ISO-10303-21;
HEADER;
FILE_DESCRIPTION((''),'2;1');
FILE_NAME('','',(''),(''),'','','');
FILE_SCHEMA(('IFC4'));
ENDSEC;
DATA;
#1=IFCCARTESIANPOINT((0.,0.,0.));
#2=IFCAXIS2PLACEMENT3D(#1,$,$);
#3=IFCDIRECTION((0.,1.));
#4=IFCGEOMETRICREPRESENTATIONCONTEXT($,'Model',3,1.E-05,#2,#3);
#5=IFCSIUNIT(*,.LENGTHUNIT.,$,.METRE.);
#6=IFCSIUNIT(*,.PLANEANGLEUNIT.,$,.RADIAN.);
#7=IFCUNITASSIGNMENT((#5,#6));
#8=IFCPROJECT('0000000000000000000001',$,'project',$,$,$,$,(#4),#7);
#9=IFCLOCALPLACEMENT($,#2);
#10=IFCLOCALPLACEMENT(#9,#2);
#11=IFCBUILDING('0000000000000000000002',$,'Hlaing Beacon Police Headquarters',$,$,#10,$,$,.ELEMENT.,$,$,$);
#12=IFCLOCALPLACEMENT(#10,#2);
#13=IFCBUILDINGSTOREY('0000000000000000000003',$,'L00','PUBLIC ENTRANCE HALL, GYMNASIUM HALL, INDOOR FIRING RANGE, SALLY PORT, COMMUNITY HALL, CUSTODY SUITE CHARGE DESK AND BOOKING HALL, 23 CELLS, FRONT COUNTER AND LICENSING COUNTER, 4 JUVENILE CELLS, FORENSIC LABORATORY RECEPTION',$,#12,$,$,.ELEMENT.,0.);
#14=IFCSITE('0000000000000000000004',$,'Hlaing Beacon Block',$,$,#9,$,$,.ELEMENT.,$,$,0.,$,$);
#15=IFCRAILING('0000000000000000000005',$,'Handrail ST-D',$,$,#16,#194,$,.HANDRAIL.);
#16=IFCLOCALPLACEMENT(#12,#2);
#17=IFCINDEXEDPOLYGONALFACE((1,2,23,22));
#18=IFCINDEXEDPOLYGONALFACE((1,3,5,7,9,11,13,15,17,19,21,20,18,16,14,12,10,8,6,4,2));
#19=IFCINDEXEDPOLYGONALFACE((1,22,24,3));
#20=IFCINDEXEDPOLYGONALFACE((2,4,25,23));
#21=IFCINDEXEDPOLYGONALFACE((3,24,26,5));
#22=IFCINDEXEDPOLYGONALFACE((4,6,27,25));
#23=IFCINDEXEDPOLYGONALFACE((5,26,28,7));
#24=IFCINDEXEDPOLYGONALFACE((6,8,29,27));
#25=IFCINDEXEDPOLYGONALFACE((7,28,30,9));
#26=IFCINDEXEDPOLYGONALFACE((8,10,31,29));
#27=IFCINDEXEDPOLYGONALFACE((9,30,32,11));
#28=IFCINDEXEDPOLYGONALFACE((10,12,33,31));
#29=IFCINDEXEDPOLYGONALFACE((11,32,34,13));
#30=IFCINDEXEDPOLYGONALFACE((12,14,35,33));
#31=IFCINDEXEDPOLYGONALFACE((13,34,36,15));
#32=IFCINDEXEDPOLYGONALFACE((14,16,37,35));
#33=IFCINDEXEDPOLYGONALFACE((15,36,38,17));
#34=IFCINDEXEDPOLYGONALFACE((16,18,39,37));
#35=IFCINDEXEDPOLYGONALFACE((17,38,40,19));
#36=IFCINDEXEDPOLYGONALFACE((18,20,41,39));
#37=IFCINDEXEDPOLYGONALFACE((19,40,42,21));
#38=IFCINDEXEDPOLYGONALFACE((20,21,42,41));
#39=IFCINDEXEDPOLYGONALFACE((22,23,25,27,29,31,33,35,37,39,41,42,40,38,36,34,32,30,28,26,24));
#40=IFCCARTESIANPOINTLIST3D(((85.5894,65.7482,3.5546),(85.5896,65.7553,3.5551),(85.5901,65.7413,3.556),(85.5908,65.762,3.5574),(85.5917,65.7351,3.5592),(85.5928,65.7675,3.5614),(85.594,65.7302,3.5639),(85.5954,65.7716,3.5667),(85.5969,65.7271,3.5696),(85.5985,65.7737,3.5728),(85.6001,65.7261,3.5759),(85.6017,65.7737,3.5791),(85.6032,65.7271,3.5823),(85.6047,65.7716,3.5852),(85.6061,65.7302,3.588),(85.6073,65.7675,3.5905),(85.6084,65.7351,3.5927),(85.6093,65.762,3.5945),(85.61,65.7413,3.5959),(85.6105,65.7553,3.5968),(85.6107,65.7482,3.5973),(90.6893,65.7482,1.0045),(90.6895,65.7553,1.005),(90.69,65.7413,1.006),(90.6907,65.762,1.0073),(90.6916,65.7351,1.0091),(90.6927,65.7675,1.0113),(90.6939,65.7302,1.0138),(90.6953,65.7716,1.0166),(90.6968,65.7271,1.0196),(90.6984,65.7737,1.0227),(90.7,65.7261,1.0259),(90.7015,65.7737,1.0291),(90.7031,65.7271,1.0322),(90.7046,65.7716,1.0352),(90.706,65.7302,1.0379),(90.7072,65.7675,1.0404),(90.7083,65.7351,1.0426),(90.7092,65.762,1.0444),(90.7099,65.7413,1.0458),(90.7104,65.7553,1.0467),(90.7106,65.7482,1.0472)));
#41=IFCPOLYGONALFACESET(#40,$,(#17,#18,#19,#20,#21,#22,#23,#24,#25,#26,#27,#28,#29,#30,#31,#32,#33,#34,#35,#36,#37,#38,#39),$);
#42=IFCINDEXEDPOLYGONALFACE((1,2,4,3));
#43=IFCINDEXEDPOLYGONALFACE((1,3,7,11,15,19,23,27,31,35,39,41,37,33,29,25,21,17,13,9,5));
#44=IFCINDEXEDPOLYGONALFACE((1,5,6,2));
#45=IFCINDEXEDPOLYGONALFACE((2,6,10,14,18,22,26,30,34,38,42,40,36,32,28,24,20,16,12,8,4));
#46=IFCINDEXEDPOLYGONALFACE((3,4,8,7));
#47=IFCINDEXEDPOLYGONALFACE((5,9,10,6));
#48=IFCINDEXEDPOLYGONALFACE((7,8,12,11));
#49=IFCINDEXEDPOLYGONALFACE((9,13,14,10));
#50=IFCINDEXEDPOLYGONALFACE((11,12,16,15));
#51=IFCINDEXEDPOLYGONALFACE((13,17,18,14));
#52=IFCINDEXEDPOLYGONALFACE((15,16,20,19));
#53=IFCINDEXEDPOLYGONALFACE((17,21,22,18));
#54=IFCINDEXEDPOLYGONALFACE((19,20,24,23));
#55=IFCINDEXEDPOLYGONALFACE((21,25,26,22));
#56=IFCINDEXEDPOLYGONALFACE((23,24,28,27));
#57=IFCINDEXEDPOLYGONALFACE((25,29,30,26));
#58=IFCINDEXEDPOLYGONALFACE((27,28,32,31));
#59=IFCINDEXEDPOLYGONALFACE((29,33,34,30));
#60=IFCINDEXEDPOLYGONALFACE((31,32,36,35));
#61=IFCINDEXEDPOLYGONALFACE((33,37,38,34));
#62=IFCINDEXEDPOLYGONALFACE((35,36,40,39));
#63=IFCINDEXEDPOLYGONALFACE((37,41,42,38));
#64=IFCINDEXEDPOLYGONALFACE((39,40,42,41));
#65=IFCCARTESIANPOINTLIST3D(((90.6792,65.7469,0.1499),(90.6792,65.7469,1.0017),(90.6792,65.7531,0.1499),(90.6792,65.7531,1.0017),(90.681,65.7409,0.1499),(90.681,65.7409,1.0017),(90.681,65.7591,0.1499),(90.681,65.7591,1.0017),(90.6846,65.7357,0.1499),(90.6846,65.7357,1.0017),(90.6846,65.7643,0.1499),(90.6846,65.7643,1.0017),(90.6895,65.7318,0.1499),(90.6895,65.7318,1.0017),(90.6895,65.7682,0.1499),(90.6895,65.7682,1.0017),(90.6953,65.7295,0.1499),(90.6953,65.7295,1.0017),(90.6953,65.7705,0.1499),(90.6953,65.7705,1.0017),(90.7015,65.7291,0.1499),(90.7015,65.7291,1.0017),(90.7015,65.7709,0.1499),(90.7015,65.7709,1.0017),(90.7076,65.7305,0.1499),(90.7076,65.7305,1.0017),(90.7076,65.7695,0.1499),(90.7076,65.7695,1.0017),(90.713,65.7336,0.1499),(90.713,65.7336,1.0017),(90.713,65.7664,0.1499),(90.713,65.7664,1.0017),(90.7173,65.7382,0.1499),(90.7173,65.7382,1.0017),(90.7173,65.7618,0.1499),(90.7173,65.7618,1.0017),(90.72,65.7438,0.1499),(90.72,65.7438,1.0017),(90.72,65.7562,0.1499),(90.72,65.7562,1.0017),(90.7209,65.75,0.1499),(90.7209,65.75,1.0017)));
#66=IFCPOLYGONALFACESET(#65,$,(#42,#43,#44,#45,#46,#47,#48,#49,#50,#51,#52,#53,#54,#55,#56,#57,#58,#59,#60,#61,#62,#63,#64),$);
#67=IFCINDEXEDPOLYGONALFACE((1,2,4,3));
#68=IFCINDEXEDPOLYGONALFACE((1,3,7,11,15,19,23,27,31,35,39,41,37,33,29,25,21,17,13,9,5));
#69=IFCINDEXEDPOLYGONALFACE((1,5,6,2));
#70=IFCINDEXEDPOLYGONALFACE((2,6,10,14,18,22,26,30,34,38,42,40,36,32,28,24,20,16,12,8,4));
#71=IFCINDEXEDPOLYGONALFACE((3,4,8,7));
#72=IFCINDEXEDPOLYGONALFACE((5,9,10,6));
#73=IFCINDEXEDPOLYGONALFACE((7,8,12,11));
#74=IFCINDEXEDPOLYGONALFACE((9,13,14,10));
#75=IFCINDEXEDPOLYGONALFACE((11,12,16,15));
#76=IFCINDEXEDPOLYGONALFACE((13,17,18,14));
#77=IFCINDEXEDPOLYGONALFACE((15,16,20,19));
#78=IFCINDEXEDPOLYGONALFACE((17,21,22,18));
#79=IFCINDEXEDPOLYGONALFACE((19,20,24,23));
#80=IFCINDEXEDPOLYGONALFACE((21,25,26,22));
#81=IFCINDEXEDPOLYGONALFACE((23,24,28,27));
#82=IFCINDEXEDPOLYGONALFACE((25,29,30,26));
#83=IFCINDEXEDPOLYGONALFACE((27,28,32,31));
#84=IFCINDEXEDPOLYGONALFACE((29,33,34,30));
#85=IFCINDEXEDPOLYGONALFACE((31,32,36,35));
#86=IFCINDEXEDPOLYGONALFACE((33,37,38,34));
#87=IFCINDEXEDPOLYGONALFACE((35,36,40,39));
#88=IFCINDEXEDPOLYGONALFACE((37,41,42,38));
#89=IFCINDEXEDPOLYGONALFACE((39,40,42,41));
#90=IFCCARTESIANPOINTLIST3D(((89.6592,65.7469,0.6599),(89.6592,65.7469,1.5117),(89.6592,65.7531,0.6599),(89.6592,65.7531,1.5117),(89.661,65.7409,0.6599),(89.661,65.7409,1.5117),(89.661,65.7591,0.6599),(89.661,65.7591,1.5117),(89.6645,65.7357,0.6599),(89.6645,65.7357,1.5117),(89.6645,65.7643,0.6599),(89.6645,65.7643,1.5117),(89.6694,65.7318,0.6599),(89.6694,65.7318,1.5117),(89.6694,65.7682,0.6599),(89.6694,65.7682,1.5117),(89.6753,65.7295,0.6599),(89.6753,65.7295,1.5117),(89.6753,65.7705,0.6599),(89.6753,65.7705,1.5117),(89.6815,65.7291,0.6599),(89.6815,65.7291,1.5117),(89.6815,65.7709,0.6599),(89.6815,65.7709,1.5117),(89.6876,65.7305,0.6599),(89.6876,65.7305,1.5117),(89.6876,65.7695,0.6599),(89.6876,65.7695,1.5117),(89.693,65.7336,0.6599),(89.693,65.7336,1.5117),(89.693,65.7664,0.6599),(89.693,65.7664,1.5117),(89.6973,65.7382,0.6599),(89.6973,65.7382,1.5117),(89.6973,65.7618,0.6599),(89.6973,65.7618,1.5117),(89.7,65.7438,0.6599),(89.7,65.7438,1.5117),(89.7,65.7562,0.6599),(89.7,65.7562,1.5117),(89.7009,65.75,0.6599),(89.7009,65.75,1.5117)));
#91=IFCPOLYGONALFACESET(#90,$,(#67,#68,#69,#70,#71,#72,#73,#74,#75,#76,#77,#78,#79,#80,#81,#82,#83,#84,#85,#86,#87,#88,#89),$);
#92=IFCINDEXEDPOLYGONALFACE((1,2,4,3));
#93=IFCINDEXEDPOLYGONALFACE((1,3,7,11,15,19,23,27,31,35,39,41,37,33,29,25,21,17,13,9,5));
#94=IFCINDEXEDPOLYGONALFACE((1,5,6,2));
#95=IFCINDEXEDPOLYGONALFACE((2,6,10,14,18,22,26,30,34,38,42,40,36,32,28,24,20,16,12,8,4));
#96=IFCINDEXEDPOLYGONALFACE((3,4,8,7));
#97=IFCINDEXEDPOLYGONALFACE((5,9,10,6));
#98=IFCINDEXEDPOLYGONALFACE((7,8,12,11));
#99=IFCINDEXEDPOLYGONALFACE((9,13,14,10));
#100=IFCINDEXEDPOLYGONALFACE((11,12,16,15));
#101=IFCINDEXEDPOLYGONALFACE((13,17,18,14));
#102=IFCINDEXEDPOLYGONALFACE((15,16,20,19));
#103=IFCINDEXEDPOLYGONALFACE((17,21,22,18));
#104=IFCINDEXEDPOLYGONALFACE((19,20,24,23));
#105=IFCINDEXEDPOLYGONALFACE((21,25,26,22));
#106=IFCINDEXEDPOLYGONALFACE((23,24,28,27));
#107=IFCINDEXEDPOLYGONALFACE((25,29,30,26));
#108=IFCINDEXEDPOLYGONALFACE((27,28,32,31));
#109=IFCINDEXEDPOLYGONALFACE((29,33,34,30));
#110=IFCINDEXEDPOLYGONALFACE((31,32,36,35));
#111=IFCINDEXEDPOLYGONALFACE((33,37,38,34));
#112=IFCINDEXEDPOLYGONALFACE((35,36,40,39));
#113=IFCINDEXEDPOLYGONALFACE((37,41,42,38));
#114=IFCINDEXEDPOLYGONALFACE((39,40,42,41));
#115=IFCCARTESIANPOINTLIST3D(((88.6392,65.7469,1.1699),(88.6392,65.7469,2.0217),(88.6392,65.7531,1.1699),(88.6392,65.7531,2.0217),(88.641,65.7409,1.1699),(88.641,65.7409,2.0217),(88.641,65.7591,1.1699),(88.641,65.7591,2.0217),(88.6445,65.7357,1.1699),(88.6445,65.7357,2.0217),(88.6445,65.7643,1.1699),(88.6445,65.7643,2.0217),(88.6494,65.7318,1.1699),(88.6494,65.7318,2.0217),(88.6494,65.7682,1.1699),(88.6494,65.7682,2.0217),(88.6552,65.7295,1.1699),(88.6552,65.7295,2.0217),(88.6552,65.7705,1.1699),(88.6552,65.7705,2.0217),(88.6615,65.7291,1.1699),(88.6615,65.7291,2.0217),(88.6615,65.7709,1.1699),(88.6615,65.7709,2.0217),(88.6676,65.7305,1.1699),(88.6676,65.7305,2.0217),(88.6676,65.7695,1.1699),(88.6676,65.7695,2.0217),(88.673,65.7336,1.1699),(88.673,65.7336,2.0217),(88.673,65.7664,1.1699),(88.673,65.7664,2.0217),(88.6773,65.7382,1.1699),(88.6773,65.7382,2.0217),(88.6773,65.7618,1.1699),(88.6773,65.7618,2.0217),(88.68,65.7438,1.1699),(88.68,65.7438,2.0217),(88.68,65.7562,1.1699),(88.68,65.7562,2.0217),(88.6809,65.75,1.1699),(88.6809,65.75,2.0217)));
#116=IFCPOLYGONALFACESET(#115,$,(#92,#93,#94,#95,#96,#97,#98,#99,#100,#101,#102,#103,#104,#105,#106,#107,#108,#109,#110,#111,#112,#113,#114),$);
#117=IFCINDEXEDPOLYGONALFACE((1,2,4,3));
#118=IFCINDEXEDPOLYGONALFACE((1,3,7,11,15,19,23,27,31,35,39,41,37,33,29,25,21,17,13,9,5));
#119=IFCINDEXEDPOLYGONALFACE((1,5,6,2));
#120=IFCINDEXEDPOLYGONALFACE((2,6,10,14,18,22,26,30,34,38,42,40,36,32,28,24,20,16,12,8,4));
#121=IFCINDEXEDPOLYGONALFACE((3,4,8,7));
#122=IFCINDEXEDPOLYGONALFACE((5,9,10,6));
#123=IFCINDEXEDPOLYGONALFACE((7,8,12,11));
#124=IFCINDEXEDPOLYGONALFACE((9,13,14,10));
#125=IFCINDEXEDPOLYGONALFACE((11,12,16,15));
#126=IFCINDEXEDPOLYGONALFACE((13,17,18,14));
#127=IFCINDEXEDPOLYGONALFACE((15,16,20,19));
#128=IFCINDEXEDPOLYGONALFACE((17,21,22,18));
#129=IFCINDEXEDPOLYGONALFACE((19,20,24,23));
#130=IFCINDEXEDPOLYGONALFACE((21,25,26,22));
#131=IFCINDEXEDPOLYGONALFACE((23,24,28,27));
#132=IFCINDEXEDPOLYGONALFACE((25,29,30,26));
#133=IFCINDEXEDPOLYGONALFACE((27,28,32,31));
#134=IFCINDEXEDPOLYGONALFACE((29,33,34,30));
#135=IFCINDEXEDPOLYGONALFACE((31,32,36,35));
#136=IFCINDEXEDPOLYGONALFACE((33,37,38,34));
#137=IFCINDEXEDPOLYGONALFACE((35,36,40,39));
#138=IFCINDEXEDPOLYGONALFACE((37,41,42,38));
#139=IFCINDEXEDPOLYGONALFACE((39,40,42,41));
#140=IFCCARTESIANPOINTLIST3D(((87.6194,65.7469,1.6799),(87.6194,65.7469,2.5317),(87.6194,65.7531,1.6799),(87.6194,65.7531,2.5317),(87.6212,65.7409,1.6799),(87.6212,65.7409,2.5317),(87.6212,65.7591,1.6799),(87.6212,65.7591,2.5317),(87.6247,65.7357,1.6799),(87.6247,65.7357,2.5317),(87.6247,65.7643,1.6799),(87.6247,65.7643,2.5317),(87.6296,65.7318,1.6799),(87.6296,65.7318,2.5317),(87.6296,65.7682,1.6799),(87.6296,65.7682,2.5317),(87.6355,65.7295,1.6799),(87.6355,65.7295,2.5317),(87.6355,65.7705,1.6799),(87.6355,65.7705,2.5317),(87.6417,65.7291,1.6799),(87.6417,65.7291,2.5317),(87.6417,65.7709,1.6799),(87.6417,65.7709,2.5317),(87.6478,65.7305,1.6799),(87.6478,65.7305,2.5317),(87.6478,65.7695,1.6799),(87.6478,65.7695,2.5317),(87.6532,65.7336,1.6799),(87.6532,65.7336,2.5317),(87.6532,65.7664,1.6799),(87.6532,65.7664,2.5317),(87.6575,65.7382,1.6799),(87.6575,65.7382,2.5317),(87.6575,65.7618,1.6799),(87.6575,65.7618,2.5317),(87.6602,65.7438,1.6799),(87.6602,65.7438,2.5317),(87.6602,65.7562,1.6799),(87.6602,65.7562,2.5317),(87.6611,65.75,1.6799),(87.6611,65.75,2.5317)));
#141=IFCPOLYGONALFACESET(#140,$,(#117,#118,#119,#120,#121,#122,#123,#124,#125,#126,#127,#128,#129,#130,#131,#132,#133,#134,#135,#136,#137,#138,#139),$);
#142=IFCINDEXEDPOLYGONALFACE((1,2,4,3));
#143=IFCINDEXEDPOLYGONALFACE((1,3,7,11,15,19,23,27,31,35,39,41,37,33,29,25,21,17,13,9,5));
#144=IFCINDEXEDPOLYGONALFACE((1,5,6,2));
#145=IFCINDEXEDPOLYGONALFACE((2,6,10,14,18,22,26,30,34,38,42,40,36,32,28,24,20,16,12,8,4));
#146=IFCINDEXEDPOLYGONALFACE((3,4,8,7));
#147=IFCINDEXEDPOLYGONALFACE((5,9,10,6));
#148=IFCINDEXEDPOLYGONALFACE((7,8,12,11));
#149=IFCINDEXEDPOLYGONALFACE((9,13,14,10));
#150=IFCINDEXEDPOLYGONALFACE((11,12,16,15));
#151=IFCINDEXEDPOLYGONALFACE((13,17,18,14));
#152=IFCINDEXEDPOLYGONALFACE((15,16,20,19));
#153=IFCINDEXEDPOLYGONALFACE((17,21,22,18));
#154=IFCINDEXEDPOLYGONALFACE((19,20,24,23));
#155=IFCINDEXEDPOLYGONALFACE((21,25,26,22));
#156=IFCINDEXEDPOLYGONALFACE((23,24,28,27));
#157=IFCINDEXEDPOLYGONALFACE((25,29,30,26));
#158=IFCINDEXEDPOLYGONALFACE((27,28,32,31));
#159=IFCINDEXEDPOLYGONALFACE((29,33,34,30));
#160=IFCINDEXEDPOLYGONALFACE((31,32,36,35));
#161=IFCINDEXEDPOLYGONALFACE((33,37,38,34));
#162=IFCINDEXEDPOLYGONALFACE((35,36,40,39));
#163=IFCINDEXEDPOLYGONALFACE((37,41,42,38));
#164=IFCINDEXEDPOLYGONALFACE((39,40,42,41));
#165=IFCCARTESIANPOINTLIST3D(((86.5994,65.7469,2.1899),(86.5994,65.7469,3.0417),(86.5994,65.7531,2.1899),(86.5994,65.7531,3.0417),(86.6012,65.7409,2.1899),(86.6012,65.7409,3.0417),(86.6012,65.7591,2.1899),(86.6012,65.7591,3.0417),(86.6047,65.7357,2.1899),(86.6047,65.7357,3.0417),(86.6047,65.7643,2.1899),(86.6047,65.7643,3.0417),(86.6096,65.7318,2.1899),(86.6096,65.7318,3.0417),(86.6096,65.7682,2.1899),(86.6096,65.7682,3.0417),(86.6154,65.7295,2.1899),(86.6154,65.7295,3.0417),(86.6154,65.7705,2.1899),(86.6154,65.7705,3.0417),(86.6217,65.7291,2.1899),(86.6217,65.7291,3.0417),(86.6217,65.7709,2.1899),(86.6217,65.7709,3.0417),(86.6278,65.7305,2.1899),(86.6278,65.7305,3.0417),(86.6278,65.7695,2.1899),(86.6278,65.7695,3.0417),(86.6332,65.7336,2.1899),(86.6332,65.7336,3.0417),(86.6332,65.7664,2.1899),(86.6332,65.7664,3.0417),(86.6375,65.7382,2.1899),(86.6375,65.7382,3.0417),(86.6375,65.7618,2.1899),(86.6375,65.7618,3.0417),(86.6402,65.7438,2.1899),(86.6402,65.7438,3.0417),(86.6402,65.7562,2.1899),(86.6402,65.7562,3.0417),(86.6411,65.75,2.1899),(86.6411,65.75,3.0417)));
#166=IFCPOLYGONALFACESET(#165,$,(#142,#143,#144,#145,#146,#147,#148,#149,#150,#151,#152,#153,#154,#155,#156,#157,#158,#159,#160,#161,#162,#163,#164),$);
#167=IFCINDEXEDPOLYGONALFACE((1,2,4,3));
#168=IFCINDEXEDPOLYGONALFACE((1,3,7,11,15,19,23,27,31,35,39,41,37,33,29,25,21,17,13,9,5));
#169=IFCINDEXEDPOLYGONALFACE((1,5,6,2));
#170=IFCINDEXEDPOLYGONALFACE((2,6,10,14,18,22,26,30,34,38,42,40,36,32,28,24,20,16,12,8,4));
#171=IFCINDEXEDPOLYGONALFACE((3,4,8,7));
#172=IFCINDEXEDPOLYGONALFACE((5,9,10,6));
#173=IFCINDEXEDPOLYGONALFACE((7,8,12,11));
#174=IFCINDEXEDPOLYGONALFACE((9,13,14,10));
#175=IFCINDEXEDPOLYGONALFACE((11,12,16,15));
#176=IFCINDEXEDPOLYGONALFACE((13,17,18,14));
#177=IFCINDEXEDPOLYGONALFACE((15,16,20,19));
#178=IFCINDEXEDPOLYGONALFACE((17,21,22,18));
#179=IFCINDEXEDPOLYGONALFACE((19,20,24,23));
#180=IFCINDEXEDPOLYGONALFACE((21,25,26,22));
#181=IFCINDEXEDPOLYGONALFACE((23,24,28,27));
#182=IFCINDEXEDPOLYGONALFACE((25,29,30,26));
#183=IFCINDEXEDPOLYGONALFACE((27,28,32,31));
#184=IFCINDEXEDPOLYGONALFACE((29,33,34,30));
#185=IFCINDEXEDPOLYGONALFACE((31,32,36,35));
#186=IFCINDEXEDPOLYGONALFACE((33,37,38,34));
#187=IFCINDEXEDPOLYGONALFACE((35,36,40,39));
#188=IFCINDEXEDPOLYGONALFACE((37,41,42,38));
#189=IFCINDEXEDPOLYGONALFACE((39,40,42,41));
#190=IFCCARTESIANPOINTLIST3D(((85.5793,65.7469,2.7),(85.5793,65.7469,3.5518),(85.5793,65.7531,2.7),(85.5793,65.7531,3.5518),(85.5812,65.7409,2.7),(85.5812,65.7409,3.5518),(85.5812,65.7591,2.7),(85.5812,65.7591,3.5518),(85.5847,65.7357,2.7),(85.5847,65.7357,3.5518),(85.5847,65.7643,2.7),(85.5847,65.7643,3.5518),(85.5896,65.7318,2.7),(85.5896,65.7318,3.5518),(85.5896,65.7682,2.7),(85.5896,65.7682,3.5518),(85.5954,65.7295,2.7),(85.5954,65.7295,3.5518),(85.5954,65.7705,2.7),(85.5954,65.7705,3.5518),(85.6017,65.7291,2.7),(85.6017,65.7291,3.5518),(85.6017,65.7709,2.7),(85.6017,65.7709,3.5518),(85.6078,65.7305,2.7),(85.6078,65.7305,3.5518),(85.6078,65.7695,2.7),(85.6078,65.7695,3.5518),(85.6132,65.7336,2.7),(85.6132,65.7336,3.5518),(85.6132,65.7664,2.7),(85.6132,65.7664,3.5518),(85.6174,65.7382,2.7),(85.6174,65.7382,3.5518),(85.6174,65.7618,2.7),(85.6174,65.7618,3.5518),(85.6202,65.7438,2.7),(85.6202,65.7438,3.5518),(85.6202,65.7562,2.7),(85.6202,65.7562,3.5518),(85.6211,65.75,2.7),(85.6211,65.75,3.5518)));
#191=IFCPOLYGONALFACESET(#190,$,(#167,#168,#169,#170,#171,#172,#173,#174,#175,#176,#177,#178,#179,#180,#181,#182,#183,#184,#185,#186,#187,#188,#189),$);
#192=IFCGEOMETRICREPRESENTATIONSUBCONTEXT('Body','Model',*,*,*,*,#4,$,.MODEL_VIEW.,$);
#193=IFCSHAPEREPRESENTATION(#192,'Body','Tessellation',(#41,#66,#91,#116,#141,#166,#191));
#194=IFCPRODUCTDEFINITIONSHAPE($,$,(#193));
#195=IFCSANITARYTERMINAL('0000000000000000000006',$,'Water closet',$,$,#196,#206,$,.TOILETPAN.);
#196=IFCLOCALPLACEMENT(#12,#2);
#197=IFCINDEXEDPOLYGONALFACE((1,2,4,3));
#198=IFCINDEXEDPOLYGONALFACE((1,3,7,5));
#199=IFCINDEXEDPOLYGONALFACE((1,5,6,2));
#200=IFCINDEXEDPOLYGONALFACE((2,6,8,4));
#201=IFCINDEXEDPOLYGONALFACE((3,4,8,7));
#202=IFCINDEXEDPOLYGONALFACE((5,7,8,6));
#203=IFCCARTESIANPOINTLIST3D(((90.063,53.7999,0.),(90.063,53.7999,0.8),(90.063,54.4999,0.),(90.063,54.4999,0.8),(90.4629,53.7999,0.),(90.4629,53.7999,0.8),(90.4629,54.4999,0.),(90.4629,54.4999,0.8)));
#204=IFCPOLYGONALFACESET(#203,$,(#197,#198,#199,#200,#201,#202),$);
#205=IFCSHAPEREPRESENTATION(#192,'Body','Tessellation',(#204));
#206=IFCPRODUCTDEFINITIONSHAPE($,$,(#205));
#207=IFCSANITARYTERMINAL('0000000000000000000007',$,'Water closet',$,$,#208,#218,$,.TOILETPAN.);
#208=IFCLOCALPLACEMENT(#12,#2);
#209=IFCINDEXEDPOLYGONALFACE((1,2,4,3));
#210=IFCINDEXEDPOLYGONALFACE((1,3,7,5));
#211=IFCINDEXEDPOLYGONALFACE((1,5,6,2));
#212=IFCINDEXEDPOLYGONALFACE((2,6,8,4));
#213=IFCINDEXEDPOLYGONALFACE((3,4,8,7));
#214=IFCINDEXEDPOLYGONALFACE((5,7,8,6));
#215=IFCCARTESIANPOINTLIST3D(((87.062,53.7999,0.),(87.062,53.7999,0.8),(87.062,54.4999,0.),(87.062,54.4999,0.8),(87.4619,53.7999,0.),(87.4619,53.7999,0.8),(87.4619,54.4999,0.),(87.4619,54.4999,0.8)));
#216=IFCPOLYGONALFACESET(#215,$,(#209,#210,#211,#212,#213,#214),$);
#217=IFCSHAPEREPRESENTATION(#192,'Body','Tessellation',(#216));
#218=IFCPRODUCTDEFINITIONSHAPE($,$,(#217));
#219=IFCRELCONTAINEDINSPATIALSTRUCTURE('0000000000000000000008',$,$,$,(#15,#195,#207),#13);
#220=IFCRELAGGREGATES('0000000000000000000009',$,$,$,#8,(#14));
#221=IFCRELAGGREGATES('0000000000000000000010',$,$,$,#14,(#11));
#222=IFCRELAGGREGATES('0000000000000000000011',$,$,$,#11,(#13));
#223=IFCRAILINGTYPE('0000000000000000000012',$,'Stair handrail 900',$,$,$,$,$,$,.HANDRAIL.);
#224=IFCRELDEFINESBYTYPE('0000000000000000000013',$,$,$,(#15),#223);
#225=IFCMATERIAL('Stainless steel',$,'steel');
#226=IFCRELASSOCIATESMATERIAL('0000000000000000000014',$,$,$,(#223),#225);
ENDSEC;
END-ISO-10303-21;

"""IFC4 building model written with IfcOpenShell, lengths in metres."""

from ifc_helpers import new_model, si_unit, direction, frame, origin, origin_2d, place, context, subcontext, project, spatial, rectangle, circle, extrude, material, type_object, element, save


model = new_model("IFC4")

# Units and contexts
model_context = context("Model", 3, precision=1e-05, world=origin(), true_north=direction((0.0, 1.0)))
body_context = subcontext(model_context, "Body", "Model", "MODEL_VIEW")
ifc_project = project(units=[si_unit("LENGTHUNIT", "METRE"), si_unit("PLANEANGLEUNIT", "RADIAN")], contexts=[model_context])

# Site, building, storey
site_placement = place(None, origin())
site = spatial("IfcSite", under=ifc_project, at=site_placement, Name="Hlaing Beacon Block", CompositionType="ELEMENT", RefElevation=0.0)
building_placement = place(site_placement, origin())
building = spatial("IfcBuilding", under=site, at=building_placement, Name="Hlaing Beacon Police Headquarters", CompositionType="ELEMENT")
storey_placement = place(building_placement, origin())
storey = spatial("IfcBuildingStorey", under=building, at=storey_placement, Name="L00", Description="PUBLIC ENTRANCE HALL, GYMNASIUM HALL, INDOOR FIRING RANGE, SALLY PORT, COMMUNITY HALL, CUSTODY SUITE CHARGE DESK AND BOOKING HALL, 23 CELLS, FRONT COUNTER AND LICENSING COUNTER, 4 JUVENILE CELLS, FORENSIC LABORATORY RECEPTION", CompositionType="ELEMENT", Elevation=0.0)

# Railing
ifc_material_1 = material(Name="Stainless steel", Category="steel")
railing_type = type_object("IfcRailingType", Name="Stair handrail 900", PredefinedType="HANDRAIL", material=ifc_material_1)
railing_placement = place(storey_placement, frame((90.7, 65.75, 0.1499)))
element("IfcRailing", 1, at=railing_placement, inside=storey, type_object=railing_type, Name="Handrail ST-D", PredefinedType="HANDRAIL", context=body_context, shape_type="SweptSolid", body=[
    extrude(circle(Radius=0.0239, at=origin_2d()), frame((0.0, 0.0, 0.876), z_axis=(-0.894419, 0.0, 0.447231), x_axis=(0.0, -1.0, 0.0)), (0.0, 0.0, 1.0), 5.7019),
    extrude(circle(Radius=0.021, at=origin_2d()), origin(), (0.0, 0.0, 1.0), 0.8518),
    extrude(circle(Radius=0.021, at=origin_2d()), frame((-1.02, 0.0, 0.51)), (0.0, 0.0, 1.0), 0.8518),
    extrude(circle(Radius=0.021, at=origin_2d()), frame((-2.04, 0.0, 1.02)), (0.0, 0.0, 1.0), 0.8518),
    extrude(circle(Radius=0.021, at=origin_2d()), frame((-3.0598, 0.0, 1.53)), (0.0, 0.0, 1.0), 0.8518),
    extrude(circle(Radius=0.021, at=origin_2d()), frame((-4.0798, 0.0, 2.04)), (0.0, 0.0, 1.0), 0.8518),
    extrude(circle(Radius=0.021, at=origin_2d()), frame((-5.0999, 0.0, 2.55)), (0.0, 0.0, 1.0), 0.8518),
])

# Sanitary terminals
for number, where, z_axis, x_axis, name in (
    (2, (90.2629, 54.1499, 0.0), (0.0, 0.0, 1.0), (1.0, 0.0, 0.0), "Water closet"),
    (3, (87.262, 54.1499, 0.0), (0.0, 0.0, 1.0), (1.0, 0.0, 0.0), "Water closet"),
):
    element("IfcSanitaryTerminal", number, at=place(storey_placement, frame(where, z_axis=z_axis, x_axis=x_axis)), inside=storey, Name=name, PredefinedType="TOILETPAN", context=body_context, shape_type="SweptSolid", body=[
        extrude(rectangle(XDim=0.3999, YDim=0.7, at=origin_2d()), origin(), (0.0, 0.0, 1.0), 0.8),
    ])

save(model, "model.ifc")
